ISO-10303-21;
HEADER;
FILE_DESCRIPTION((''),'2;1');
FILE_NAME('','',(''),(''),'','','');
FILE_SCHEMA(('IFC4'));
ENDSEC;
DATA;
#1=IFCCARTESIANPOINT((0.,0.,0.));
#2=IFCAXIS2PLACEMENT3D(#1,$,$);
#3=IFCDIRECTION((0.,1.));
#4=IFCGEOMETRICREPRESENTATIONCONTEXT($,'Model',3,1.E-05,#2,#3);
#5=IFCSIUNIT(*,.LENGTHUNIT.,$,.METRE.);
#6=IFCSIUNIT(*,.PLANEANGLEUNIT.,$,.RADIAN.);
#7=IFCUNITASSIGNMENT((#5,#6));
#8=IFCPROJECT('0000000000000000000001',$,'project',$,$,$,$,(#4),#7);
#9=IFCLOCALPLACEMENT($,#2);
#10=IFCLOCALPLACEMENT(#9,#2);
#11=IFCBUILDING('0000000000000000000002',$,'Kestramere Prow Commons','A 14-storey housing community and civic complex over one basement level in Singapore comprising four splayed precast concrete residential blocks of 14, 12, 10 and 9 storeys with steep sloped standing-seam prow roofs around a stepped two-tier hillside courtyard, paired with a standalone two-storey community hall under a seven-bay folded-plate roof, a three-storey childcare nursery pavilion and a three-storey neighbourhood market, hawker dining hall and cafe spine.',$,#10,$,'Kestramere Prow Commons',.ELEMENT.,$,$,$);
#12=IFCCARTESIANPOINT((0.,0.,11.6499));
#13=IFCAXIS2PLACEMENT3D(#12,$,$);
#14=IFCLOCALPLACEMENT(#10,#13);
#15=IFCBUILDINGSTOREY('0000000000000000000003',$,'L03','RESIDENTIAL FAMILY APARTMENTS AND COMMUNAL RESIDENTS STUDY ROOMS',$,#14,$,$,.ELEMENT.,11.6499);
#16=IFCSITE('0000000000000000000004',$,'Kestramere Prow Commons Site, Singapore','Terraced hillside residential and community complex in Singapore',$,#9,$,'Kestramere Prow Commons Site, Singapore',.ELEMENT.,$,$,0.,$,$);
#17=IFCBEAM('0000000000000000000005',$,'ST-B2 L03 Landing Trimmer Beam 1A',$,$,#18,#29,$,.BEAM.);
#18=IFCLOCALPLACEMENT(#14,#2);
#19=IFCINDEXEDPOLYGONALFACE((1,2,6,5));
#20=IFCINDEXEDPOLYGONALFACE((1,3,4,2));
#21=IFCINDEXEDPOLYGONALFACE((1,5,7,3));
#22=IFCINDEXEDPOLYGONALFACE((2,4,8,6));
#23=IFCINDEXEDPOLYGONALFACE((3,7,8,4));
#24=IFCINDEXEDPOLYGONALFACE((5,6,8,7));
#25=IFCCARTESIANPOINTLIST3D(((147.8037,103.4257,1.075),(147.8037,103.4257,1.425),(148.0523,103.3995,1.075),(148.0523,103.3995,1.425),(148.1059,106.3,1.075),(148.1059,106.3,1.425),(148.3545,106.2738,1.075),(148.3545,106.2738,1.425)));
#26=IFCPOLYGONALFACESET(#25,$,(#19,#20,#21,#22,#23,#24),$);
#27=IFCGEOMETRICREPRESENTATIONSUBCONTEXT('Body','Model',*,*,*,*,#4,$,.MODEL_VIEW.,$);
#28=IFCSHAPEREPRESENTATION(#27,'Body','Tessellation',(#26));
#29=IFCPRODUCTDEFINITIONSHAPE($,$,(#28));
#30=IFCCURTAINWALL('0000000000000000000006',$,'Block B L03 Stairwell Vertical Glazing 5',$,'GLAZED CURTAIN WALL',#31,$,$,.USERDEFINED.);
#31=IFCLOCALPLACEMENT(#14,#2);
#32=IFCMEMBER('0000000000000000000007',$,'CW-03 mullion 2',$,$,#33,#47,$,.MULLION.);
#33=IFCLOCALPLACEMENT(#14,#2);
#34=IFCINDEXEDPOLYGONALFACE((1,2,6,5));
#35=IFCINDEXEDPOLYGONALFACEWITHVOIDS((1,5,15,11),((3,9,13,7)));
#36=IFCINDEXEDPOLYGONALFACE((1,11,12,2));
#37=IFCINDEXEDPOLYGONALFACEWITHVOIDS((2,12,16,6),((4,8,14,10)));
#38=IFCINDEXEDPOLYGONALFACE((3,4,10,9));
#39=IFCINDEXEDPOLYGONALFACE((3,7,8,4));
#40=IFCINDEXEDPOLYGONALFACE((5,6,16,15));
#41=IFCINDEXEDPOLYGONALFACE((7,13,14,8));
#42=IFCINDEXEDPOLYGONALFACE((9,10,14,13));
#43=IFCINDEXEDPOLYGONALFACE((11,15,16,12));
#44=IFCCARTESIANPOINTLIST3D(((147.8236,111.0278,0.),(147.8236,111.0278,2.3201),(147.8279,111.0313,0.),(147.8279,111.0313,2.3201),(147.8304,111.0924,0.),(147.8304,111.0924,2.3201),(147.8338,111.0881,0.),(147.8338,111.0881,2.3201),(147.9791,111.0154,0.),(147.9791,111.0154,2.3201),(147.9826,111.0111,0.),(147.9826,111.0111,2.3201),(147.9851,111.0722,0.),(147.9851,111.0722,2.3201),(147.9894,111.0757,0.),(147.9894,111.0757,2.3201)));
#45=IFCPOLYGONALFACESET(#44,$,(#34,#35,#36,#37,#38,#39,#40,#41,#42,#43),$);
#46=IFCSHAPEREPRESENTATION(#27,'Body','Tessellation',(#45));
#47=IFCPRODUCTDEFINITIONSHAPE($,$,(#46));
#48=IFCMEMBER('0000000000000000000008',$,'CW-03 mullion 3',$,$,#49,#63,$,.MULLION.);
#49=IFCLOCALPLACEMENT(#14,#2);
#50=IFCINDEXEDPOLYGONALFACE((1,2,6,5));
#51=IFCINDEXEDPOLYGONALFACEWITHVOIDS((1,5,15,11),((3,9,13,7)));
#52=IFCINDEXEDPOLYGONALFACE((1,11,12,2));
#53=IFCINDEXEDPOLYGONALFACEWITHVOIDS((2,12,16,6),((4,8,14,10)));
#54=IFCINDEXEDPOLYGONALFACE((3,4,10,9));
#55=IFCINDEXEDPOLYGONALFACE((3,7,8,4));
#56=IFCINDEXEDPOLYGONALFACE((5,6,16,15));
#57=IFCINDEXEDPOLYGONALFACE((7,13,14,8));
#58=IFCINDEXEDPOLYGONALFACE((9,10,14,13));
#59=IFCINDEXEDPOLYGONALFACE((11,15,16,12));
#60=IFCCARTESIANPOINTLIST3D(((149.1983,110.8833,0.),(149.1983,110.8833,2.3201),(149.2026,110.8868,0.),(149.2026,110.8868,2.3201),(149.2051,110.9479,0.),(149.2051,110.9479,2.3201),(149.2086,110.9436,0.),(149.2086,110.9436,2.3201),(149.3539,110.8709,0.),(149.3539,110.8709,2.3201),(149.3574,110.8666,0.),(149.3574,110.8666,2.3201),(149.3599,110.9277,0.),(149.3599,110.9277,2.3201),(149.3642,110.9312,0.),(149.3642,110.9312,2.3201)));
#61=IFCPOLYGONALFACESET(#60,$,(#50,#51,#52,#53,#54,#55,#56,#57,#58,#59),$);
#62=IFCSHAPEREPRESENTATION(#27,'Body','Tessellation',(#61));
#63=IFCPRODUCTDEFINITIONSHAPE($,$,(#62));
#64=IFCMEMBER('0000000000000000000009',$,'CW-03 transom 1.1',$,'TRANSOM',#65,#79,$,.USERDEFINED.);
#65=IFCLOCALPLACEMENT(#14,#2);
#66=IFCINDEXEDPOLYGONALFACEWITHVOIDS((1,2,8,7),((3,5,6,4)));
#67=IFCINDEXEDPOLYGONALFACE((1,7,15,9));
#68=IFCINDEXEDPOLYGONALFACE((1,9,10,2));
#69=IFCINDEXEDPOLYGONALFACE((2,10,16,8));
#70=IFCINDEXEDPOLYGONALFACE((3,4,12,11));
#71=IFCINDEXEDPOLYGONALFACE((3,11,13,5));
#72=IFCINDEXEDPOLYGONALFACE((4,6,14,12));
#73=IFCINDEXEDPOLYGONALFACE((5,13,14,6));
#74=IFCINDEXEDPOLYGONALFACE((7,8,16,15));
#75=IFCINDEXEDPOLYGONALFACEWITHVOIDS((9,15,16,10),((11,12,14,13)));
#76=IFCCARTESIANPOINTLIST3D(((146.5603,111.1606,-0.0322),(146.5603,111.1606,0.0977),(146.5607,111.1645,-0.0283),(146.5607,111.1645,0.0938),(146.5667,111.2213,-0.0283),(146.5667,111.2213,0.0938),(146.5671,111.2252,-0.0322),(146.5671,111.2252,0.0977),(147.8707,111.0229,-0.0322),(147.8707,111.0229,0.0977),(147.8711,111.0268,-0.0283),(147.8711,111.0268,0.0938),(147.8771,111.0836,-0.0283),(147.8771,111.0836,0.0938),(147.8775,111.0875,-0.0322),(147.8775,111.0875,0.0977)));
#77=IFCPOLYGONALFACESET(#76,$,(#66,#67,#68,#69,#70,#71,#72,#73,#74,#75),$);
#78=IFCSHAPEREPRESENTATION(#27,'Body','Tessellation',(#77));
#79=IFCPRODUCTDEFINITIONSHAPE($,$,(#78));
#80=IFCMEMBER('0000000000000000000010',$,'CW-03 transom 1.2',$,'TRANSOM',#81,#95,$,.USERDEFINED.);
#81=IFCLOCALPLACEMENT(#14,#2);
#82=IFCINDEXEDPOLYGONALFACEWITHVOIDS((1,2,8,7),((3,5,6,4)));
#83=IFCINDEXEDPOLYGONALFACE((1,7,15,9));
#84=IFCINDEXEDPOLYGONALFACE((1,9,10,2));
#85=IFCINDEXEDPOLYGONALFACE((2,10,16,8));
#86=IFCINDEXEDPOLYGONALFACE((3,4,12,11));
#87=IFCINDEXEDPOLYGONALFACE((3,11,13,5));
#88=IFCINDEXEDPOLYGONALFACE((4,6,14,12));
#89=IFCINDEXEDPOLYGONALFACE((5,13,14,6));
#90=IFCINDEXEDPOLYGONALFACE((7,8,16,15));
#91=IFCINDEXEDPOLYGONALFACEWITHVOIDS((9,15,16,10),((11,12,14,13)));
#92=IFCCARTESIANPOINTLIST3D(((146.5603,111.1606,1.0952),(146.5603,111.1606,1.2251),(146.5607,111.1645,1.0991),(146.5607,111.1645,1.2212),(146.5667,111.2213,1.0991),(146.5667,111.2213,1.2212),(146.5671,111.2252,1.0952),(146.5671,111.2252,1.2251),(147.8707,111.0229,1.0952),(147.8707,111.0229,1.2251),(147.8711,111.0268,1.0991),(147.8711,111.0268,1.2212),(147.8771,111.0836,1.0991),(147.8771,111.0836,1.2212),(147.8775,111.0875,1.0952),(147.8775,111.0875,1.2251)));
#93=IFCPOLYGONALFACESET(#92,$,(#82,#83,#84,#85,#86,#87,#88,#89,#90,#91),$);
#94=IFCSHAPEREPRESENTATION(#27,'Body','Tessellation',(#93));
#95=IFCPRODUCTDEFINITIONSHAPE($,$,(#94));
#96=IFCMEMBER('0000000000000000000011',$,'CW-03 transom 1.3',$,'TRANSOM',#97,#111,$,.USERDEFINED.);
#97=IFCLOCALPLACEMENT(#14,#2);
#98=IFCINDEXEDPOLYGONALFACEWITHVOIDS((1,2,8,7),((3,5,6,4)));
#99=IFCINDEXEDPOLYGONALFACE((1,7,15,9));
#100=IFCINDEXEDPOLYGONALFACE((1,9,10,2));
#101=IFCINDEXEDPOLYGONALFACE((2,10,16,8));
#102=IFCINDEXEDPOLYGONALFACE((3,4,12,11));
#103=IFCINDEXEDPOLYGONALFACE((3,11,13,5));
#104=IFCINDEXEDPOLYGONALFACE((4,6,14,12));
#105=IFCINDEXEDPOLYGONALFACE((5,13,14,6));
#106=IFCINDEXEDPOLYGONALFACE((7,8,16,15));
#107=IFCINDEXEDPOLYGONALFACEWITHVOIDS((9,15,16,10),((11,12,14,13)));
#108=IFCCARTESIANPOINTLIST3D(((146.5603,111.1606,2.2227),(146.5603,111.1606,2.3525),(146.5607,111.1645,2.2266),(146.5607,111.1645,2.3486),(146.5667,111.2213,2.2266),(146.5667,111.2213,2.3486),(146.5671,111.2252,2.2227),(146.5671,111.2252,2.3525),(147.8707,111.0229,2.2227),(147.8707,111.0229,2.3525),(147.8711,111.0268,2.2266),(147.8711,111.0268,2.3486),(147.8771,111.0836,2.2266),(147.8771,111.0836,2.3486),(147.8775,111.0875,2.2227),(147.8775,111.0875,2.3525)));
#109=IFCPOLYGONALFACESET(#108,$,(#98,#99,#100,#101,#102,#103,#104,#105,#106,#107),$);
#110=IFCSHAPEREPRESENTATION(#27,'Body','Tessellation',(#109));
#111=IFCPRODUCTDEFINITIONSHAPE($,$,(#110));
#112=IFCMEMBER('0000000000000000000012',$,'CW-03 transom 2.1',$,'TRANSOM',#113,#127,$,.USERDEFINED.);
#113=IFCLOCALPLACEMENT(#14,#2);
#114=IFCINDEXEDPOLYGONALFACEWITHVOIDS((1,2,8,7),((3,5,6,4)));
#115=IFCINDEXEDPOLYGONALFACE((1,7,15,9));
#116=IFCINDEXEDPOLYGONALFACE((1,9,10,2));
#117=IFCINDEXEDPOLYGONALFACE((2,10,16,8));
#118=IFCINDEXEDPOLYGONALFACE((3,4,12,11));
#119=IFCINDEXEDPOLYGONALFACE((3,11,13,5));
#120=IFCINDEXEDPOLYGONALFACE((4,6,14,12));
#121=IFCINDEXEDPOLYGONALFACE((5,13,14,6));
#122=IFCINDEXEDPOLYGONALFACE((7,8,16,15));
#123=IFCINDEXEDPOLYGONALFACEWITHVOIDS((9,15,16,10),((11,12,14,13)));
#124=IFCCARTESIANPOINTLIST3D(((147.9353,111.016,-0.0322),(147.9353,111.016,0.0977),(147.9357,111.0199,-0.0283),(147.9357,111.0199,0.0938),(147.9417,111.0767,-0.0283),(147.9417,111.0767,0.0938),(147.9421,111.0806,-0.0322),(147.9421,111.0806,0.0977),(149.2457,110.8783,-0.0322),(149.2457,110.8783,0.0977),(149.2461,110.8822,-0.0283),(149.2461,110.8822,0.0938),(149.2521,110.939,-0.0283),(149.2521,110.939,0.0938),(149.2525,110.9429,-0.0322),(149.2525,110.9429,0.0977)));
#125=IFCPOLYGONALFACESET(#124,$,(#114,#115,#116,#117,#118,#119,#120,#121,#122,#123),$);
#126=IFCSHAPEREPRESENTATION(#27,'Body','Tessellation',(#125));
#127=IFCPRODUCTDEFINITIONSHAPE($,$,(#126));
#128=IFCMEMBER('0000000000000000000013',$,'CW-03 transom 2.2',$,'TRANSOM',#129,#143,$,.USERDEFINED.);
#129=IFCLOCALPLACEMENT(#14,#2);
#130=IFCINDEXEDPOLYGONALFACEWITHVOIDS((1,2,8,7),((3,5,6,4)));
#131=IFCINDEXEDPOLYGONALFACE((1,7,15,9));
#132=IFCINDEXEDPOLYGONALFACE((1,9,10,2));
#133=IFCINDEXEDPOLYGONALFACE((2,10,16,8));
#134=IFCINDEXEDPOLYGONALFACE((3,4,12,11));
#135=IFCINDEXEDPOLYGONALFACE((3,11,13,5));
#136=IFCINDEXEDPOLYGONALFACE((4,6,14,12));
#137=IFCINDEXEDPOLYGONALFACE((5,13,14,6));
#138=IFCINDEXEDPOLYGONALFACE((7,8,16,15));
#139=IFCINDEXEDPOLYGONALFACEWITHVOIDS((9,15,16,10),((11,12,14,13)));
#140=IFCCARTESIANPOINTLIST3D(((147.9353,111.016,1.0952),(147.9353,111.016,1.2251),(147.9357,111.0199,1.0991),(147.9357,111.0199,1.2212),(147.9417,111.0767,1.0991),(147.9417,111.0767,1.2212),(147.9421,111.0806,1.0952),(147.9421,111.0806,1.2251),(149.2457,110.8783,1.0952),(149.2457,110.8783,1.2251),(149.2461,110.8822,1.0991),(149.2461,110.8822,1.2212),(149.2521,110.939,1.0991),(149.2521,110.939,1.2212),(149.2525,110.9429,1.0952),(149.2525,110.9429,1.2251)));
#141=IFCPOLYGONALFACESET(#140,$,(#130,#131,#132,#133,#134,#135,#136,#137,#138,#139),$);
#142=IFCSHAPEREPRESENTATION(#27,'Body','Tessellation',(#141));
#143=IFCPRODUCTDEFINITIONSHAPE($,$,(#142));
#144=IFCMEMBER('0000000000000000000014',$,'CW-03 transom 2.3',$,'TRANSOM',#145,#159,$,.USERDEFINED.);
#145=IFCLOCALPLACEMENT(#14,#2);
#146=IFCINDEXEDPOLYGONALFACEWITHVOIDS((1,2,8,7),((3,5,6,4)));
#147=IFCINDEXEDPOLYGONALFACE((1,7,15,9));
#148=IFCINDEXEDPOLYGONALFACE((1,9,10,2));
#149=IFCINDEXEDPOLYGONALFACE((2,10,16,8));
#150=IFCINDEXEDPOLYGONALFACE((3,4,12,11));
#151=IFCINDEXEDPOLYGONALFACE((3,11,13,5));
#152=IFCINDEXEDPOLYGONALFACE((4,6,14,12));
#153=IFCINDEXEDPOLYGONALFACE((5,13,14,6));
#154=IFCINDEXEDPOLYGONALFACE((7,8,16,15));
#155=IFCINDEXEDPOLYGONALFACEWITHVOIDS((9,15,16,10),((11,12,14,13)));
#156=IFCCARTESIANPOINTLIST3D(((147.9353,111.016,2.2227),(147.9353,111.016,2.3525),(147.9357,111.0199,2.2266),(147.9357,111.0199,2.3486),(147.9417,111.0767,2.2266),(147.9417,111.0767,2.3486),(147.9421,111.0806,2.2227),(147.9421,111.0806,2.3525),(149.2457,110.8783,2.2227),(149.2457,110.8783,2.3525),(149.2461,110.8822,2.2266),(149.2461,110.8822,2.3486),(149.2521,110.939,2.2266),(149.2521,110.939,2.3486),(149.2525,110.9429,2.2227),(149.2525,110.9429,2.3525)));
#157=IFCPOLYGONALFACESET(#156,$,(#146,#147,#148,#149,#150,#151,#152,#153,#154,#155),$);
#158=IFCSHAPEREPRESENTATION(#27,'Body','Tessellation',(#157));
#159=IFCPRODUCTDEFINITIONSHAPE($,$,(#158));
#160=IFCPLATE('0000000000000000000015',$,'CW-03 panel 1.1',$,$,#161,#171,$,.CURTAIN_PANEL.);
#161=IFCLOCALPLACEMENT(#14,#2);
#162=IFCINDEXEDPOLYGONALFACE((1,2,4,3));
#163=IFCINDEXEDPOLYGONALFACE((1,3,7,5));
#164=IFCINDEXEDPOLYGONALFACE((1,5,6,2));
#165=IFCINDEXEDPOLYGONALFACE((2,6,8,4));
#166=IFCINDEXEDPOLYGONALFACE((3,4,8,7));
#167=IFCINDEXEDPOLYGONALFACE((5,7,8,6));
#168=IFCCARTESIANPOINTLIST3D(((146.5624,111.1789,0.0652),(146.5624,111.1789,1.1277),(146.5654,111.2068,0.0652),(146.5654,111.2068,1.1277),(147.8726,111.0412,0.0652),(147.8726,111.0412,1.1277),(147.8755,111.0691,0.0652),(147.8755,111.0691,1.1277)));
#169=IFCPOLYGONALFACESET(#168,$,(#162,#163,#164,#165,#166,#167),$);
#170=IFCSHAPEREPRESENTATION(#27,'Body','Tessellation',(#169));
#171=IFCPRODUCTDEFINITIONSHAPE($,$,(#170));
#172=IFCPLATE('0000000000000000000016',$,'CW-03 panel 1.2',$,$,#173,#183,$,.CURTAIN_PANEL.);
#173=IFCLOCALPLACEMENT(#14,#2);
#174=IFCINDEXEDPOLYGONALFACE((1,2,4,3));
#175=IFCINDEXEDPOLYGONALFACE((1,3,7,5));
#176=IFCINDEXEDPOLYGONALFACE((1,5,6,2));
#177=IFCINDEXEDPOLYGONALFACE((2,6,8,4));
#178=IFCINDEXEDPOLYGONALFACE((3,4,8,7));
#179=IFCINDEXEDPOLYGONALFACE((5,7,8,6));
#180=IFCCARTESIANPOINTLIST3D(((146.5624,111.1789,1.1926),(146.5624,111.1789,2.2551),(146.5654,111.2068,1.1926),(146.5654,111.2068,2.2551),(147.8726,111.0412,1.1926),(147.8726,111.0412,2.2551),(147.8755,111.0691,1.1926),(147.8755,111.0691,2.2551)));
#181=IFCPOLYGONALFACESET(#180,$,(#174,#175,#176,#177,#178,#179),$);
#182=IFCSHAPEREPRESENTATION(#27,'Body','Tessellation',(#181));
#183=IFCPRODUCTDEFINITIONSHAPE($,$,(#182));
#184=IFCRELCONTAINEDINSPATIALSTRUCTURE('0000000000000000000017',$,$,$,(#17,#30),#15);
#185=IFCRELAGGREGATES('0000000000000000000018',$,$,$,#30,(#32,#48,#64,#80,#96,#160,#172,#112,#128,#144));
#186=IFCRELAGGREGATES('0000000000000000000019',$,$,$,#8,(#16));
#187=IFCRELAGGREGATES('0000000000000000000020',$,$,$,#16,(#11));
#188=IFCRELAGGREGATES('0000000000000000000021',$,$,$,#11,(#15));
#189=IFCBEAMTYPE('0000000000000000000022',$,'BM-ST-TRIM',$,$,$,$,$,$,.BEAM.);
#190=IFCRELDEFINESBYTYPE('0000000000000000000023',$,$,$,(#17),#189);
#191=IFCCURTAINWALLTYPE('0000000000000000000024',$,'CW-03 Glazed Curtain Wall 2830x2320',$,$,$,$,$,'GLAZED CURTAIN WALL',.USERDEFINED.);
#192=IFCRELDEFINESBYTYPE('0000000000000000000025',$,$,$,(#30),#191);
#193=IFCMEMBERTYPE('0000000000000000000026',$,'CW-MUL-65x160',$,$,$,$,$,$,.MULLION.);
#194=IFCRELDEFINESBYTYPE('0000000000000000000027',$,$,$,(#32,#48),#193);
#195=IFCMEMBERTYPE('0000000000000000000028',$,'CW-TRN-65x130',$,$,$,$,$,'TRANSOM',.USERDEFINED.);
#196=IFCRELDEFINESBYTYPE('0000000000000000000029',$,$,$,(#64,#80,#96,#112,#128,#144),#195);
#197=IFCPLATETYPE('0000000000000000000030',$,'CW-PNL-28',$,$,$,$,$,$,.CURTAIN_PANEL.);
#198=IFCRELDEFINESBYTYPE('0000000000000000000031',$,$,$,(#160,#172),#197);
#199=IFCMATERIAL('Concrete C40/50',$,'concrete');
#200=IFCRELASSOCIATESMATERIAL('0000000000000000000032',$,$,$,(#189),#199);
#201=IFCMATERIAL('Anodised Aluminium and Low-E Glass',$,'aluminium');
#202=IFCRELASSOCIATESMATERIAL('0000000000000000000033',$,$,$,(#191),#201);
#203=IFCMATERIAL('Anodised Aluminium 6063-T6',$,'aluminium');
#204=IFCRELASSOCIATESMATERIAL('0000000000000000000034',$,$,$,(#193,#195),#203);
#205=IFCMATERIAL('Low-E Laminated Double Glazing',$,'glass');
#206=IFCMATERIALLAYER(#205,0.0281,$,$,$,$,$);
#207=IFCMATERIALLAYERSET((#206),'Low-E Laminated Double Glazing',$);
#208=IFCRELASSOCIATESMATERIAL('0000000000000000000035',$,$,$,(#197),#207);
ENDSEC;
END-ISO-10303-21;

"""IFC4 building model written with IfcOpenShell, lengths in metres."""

from ifc_helpers import new_model, si_unit, direction, frame, origin, origin_2d, place, context, subcontext, project, spatial, rectangle, hollow_rectangle, extrude, material, layer, layer_set, material_profile, profile_set, type_object, element, aggregate, save


model = new_model("IFC4")

# Units and contexts
model_context = context("Model", 3, precision=1e-05, world=origin(), true_north=direction((0.0, 1.0)))
body_context = subcontext(model_context, "Body", "Model", "MODEL_VIEW")
ifc_project = project(units=[si_unit("LENGTHUNIT", "METRE"), si_unit("PLANEANGLEUNIT", "RADIAN")], contexts=[model_context])

# Site, building, storey
site_placement = place(None, origin())
site = spatial("IfcSite", under=ifc_project, at=site_placement, Name="Kestramere Prow Commons Site, Singapore", Description="Terraced hillside residential and community complex in Singapore", LongName="Kestramere Prow Commons Site, Singapore", CompositionType="ELEMENT", RefElevation=0.0)
building_placement = place(site_placement, origin())
building = spatial("IfcBuilding", under=site, at=building_placement, Name="Kestramere Prow Commons", Description="A 14-storey housing community and civic complex over one basement level in Singapore comprising four splayed precast concrete residential blocks of 14, 12, 10 and 9 storeys with steep sloped standing-seam prow roofs around a stepped two-tier hillside courtyard, paired with a standalone two-storey community hall under a seven-bay folded-plate roof, a three-storey childcare nursery pavilion and a three-storey neighbourhood market, hawker dining hall and cafe spine.", LongName="Kestramere Prow Commons", CompositionType="ELEMENT")
storey_placement = place(building_placement, frame((0.0, 0.0, 11.6499)))
storey = spatial("IfcBuildingStorey", under=building, at=storey_placement, Name="L03", Description="RESIDENTIAL FAMILY APARTMENTS AND COMMUNAL RESIDENTS STUDY ROOMS", CompositionType="ELEMENT", Elevation=11.6499)

# Beam
ifc_material_1 = material(Name="Concrete C40/50", Category="concrete")
ifc_material_profile_1 = material_profile(ifc_material_1, rectangle(XDim=0.25, YDim=0.3501, at=origin_2d()), Name="PC-BM 250x350")
ifc_profile_set_1 = profile_set([ifc_material_profile_1], Name="Concrete C40/50")
beam_type = type_object("IfcBeamType", Name="BM-ST-TRIM", PredefinedType="BEAM", material=ifc_profile_set_1)
beam_placement = place(storey_placement, frame((147.928, 103.4126, 1.25), z_axis=(0.104579, 0.994517, 0.0), x_axis=(-0.994517, 0.104579, 0.0)))
element("IfcBeam", 1, at=beam_placement, inside=storey, type_object=beam_type, Name="ST-B2 L03 Landing Trimmer Beam 1A", PredefinedType="BEAM", context=body_context, shape_type="SweptSolid", body=[
    extrude(rectangle(XDim=0.25, YDim=0.3501, at=origin_2d()), origin(), (0.0, 0.0, 1.0), 2.8901),
])

# Curtain wall, members, plates
ifc_material_2 = material(Name="Anodised Aluminium and Low-E Glass", Category="aluminium")
curtain_wall_type = type_object("IfcCurtainWallType", Name="CW-03 Glazed Curtain Wall 2830x2320", ElementType="GLAZED CURTAIN WALL", PredefinedType="USERDEFINED", material=ifc_material_2)
curtain_wall_placement = place(storey_placement, origin())
curtain_wall = element("IfcCurtainWall", 2, at=curtain_wall_placement, inside=storey, type_object=curtain_wall_type, Name="Block B L03 Stairwell Vertical Glazing 5", ObjectType="GLAZED CURTAIN WALL", PredefinedType="USERDEFINED")
ifc_material_3 = material(Name="Anodised Aluminium 6063-T6", Category="aluminium")
ifc_material_profile_2 = material_profile(ifc_material_3, hollow_rectangle(XDim=0.0649, YDim=0.1599, WallThickness=0.0039, at=origin_2d()), Name="ALU-MUL 65x160")
ifc_profile_set_2 = profile_set([ifc_material_profile_2], Name="Anodised Aluminium 6063-T6")
member_type_1 = type_object("IfcMemberType", Name="CW-MUL-65x160", PredefinedType="MULLION", material=ifc_profile_set_2)
member_1_placement = place(storey_placement, frame((147.9065, 111.0518, 0.0), z_axis=(0.0, 0.0, 1.0), x_axis=(0.104528, 0.994522, 0.0)))
member_1 = element("IfcMember", 3, at=member_1_placement, type_object=member_type_1, Name="CW-03 mullion 2", PredefinedType="MULLION", context=body_context, shape_type="SweptSolid", body=[
    extrude(hollow_rectangle(XDim=0.0649, YDim=0.1599, WallThickness=0.0039, at=origin_2d()), origin(), (0.0, 0.0, 1.0), 2.3201),
])
member_2_placement = place(storey_placement, frame((149.2812, 110.9072, 0.0), z_axis=(0.0, 0.0, 1.0), x_axis=(0.104528, 0.994522, 0.0)))
member_2 = element("IfcMember", 4, at=member_2_placement, type_object=member_type_1, Name="CW-03 mullion 3", PredefinedType="MULLION", context=body_context, shape_type="SweptSolid", body=[
    extrude(hollow_rectangle(XDim=0.0649, YDim=0.1599, WallThickness=0.0039, at=origin_2d()), origin(), (0.0, 0.0, 1.0), 2.3201),
])
ifc_material_profile_3 = material_profile(ifc_material_3, hollow_rectangle(XDim=0.0649, YDim=0.1299, WallThickness=0.0039, at=origin_2d()), Name="ALU-TRN 65x130")
ifc_profile_set_3 = profile_set([ifc_material_profile_3], Name="Anodised Aluminium 6063-T6")
member_type_2 = type_object("IfcMemberType", Name="CW-TRN-65x130", ElementType="TRANSOM", PredefinedType="USERDEFINED", material=ifc_profile_set_3)
member_3_placement = place(storey_placement, frame((146.5637, 111.1929, 0.0327), z_axis=(0.994524, -0.104511, 0.0), x_axis=(0.104511, 0.994524, 0.0)))
member_3 = element("IfcMember", 5, at=member_3_placement, type_object=member_type_2, Name="CW-03 transom 1.1", ObjectType="TRANSOM", PredefinedType="USERDEFINED", context=body_context, shape_type="SweptSolid", body=[
    extrude(hollow_rectangle(XDim=0.0649, YDim=0.1299, WallThickness=0.0039, at=origin_2d()), origin(), (0.0, 0.0, 1.0), 1.3176),
])
member_4_placement = place(storey_placement, frame((146.5637, 111.1929, 1.1602), z_axis=(0.994524, -0.104511, 0.0), x_axis=(0.104511, 0.994524, 0.0)))
member_4 = element("IfcMember", 6, at=member_4_placement, type_object=member_type_2, Name="CW-03 transom 1.2", ObjectType="TRANSOM", PredefinedType="USERDEFINED", context=body_context, shape_type="SweptSolid", body=[
    extrude(hollow_rectangle(XDim=0.0649, YDim=0.1299, WallThickness=0.0039, at=origin_2d()), origin(), (0.0, 0.0, 1.0), 1.3176),
])
member_5_placement = place(storey_placement, frame((146.5637, 111.1929, 2.2876), z_axis=(0.994524, -0.104511, 0.0), x_axis=(0.104511, 0.994524, 0.0)))
member_5 = element("IfcMember", 7, at=member_5_placement, type_object=member_type_2, Name="CW-03 transom 1.3", ObjectType="TRANSOM", PredefinedType="USERDEFINED", context=body_context, shape_type="SweptSolid", body=[
    extrude(hollow_rectangle(XDim=0.0649, YDim=0.1299, WallThickness=0.0039, at=origin_2d()), origin(), (0.0, 0.0, 1.0), 1.3176),
])
member_6_placement = place(storey_placement, frame((147.9387, 111.0483, 0.0327), z_axis=(0.994524, -0.104511, 0.0), x_axis=(0.104511, 0.994524, 0.0)))
member_6 = element("IfcMember", 8, at=member_6_placement, type_object=member_type_2, Name="CW-03 transom 2.1", ObjectType="TRANSOM", PredefinedType="USERDEFINED", context=body_context, shape_type="SweptSolid", body=[
    extrude(hollow_rectangle(XDim=0.0649, YDim=0.1299, WallThickness=0.0039, at=origin_2d()), origin(), (0.0, 0.0, 1.0), 1.3176),
])
member_7_placement = place(storey_placement, frame((147.9387, 111.0483, 1.1602), z_axis=(0.994524, -0.104511, 0.0), x_axis=(0.104511, 0.994524, 0.0)))
member_7 = element("IfcMember", 9, at=member_7_placement, type_object=member_type_2, Name="CW-03 transom 2.2", ObjectType="TRANSOM", PredefinedType="USERDEFINED", context=body_context, shape_type="SweptSolid", body=[
    extrude(hollow_rectangle(XDim=0.0649, YDim=0.1299, WallThickness=0.0039, at=origin_2d()), origin(), (0.0, 0.0, 1.0), 1.3176),
])
member_8_placement = place(storey_placement, frame((147.9387, 111.0483, 2.2876), z_axis=(0.994524, -0.104511, 0.0), x_axis=(0.104511, 0.994524, 0.0)))
member_8 = element("IfcMember", 10, at=member_8_placement, type_object=member_type_2, Name="CW-03 transom 2.3", ObjectType="TRANSOM", PredefinedType="USERDEFINED", context=body_context, shape_type="SweptSolid", body=[
    extrude(hollow_rectangle(XDim=0.0649, YDim=0.1299, WallThickness=0.0039, at=origin_2d()), origin(), (0.0, 0.0, 1.0), 1.3176),
])
ifc_material_4 = material(Name="Low-E Laminated Double Glazing", Category="glass")
ifc_layer_1 = layer(ifc_material_4, 0.0281)
ifc_layer_set_1 = layer_set([ifc_layer_1], Name="Low-E Laminated Double Glazing")
plate_type = type_object("IfcPlateType", Name="CW-PNL-28", PredefinedType="CURTAIN_PANEL", material=ifc_layer_set_1)
plate_1_placement = place(storey_placement, frame((147.219, 111.124, 0.0652), z_axis=(0.0, 0.0, 1.0), x_axis=(0.994522, -0.104528, 0.0)))
plate_1 = element("IfcPlate", 11, at=plate_1_placement, type_object=plate_type, Name="CW-03 panel 1.1", PredefinedType="CURTAIN_PANEL", context=body_context, shape_type="SweptSolid", body=[
    extrude(rectangle(XDim=1.3174, YDim=0.0281, at=origin_2d()), origin(), (0.0, 0.0, 1.0), 1.0625),
])
plate_2_placement = place(storey_placement, frame((147.219, 111.124, 1.1926), z_axis=(0.0, 0.0, 1.0), x_axis=(0.994522, -0.104528, 0.0)))
plate_2 = element("IfcPlate", 12, at=plate_2_placement, type_object=plate_type, Name="CW-03 panel 1.2", PredefinedType="CURTAIN_PANEL", context=body_context, shape_type="SweptSolid", body=[
    extrude(rectangle(XDim=1.3174, YDim=0.0281, at=origin_2d()), origin(), (0.0, 0.0, 1.0), 1.0625),
])
aggregate(curtain_wall, [member_1, member_2, member_3, member_4, member_5, plate_1, plate_2, member_6, member_7, member_8])

save(model, "model.ifc")
